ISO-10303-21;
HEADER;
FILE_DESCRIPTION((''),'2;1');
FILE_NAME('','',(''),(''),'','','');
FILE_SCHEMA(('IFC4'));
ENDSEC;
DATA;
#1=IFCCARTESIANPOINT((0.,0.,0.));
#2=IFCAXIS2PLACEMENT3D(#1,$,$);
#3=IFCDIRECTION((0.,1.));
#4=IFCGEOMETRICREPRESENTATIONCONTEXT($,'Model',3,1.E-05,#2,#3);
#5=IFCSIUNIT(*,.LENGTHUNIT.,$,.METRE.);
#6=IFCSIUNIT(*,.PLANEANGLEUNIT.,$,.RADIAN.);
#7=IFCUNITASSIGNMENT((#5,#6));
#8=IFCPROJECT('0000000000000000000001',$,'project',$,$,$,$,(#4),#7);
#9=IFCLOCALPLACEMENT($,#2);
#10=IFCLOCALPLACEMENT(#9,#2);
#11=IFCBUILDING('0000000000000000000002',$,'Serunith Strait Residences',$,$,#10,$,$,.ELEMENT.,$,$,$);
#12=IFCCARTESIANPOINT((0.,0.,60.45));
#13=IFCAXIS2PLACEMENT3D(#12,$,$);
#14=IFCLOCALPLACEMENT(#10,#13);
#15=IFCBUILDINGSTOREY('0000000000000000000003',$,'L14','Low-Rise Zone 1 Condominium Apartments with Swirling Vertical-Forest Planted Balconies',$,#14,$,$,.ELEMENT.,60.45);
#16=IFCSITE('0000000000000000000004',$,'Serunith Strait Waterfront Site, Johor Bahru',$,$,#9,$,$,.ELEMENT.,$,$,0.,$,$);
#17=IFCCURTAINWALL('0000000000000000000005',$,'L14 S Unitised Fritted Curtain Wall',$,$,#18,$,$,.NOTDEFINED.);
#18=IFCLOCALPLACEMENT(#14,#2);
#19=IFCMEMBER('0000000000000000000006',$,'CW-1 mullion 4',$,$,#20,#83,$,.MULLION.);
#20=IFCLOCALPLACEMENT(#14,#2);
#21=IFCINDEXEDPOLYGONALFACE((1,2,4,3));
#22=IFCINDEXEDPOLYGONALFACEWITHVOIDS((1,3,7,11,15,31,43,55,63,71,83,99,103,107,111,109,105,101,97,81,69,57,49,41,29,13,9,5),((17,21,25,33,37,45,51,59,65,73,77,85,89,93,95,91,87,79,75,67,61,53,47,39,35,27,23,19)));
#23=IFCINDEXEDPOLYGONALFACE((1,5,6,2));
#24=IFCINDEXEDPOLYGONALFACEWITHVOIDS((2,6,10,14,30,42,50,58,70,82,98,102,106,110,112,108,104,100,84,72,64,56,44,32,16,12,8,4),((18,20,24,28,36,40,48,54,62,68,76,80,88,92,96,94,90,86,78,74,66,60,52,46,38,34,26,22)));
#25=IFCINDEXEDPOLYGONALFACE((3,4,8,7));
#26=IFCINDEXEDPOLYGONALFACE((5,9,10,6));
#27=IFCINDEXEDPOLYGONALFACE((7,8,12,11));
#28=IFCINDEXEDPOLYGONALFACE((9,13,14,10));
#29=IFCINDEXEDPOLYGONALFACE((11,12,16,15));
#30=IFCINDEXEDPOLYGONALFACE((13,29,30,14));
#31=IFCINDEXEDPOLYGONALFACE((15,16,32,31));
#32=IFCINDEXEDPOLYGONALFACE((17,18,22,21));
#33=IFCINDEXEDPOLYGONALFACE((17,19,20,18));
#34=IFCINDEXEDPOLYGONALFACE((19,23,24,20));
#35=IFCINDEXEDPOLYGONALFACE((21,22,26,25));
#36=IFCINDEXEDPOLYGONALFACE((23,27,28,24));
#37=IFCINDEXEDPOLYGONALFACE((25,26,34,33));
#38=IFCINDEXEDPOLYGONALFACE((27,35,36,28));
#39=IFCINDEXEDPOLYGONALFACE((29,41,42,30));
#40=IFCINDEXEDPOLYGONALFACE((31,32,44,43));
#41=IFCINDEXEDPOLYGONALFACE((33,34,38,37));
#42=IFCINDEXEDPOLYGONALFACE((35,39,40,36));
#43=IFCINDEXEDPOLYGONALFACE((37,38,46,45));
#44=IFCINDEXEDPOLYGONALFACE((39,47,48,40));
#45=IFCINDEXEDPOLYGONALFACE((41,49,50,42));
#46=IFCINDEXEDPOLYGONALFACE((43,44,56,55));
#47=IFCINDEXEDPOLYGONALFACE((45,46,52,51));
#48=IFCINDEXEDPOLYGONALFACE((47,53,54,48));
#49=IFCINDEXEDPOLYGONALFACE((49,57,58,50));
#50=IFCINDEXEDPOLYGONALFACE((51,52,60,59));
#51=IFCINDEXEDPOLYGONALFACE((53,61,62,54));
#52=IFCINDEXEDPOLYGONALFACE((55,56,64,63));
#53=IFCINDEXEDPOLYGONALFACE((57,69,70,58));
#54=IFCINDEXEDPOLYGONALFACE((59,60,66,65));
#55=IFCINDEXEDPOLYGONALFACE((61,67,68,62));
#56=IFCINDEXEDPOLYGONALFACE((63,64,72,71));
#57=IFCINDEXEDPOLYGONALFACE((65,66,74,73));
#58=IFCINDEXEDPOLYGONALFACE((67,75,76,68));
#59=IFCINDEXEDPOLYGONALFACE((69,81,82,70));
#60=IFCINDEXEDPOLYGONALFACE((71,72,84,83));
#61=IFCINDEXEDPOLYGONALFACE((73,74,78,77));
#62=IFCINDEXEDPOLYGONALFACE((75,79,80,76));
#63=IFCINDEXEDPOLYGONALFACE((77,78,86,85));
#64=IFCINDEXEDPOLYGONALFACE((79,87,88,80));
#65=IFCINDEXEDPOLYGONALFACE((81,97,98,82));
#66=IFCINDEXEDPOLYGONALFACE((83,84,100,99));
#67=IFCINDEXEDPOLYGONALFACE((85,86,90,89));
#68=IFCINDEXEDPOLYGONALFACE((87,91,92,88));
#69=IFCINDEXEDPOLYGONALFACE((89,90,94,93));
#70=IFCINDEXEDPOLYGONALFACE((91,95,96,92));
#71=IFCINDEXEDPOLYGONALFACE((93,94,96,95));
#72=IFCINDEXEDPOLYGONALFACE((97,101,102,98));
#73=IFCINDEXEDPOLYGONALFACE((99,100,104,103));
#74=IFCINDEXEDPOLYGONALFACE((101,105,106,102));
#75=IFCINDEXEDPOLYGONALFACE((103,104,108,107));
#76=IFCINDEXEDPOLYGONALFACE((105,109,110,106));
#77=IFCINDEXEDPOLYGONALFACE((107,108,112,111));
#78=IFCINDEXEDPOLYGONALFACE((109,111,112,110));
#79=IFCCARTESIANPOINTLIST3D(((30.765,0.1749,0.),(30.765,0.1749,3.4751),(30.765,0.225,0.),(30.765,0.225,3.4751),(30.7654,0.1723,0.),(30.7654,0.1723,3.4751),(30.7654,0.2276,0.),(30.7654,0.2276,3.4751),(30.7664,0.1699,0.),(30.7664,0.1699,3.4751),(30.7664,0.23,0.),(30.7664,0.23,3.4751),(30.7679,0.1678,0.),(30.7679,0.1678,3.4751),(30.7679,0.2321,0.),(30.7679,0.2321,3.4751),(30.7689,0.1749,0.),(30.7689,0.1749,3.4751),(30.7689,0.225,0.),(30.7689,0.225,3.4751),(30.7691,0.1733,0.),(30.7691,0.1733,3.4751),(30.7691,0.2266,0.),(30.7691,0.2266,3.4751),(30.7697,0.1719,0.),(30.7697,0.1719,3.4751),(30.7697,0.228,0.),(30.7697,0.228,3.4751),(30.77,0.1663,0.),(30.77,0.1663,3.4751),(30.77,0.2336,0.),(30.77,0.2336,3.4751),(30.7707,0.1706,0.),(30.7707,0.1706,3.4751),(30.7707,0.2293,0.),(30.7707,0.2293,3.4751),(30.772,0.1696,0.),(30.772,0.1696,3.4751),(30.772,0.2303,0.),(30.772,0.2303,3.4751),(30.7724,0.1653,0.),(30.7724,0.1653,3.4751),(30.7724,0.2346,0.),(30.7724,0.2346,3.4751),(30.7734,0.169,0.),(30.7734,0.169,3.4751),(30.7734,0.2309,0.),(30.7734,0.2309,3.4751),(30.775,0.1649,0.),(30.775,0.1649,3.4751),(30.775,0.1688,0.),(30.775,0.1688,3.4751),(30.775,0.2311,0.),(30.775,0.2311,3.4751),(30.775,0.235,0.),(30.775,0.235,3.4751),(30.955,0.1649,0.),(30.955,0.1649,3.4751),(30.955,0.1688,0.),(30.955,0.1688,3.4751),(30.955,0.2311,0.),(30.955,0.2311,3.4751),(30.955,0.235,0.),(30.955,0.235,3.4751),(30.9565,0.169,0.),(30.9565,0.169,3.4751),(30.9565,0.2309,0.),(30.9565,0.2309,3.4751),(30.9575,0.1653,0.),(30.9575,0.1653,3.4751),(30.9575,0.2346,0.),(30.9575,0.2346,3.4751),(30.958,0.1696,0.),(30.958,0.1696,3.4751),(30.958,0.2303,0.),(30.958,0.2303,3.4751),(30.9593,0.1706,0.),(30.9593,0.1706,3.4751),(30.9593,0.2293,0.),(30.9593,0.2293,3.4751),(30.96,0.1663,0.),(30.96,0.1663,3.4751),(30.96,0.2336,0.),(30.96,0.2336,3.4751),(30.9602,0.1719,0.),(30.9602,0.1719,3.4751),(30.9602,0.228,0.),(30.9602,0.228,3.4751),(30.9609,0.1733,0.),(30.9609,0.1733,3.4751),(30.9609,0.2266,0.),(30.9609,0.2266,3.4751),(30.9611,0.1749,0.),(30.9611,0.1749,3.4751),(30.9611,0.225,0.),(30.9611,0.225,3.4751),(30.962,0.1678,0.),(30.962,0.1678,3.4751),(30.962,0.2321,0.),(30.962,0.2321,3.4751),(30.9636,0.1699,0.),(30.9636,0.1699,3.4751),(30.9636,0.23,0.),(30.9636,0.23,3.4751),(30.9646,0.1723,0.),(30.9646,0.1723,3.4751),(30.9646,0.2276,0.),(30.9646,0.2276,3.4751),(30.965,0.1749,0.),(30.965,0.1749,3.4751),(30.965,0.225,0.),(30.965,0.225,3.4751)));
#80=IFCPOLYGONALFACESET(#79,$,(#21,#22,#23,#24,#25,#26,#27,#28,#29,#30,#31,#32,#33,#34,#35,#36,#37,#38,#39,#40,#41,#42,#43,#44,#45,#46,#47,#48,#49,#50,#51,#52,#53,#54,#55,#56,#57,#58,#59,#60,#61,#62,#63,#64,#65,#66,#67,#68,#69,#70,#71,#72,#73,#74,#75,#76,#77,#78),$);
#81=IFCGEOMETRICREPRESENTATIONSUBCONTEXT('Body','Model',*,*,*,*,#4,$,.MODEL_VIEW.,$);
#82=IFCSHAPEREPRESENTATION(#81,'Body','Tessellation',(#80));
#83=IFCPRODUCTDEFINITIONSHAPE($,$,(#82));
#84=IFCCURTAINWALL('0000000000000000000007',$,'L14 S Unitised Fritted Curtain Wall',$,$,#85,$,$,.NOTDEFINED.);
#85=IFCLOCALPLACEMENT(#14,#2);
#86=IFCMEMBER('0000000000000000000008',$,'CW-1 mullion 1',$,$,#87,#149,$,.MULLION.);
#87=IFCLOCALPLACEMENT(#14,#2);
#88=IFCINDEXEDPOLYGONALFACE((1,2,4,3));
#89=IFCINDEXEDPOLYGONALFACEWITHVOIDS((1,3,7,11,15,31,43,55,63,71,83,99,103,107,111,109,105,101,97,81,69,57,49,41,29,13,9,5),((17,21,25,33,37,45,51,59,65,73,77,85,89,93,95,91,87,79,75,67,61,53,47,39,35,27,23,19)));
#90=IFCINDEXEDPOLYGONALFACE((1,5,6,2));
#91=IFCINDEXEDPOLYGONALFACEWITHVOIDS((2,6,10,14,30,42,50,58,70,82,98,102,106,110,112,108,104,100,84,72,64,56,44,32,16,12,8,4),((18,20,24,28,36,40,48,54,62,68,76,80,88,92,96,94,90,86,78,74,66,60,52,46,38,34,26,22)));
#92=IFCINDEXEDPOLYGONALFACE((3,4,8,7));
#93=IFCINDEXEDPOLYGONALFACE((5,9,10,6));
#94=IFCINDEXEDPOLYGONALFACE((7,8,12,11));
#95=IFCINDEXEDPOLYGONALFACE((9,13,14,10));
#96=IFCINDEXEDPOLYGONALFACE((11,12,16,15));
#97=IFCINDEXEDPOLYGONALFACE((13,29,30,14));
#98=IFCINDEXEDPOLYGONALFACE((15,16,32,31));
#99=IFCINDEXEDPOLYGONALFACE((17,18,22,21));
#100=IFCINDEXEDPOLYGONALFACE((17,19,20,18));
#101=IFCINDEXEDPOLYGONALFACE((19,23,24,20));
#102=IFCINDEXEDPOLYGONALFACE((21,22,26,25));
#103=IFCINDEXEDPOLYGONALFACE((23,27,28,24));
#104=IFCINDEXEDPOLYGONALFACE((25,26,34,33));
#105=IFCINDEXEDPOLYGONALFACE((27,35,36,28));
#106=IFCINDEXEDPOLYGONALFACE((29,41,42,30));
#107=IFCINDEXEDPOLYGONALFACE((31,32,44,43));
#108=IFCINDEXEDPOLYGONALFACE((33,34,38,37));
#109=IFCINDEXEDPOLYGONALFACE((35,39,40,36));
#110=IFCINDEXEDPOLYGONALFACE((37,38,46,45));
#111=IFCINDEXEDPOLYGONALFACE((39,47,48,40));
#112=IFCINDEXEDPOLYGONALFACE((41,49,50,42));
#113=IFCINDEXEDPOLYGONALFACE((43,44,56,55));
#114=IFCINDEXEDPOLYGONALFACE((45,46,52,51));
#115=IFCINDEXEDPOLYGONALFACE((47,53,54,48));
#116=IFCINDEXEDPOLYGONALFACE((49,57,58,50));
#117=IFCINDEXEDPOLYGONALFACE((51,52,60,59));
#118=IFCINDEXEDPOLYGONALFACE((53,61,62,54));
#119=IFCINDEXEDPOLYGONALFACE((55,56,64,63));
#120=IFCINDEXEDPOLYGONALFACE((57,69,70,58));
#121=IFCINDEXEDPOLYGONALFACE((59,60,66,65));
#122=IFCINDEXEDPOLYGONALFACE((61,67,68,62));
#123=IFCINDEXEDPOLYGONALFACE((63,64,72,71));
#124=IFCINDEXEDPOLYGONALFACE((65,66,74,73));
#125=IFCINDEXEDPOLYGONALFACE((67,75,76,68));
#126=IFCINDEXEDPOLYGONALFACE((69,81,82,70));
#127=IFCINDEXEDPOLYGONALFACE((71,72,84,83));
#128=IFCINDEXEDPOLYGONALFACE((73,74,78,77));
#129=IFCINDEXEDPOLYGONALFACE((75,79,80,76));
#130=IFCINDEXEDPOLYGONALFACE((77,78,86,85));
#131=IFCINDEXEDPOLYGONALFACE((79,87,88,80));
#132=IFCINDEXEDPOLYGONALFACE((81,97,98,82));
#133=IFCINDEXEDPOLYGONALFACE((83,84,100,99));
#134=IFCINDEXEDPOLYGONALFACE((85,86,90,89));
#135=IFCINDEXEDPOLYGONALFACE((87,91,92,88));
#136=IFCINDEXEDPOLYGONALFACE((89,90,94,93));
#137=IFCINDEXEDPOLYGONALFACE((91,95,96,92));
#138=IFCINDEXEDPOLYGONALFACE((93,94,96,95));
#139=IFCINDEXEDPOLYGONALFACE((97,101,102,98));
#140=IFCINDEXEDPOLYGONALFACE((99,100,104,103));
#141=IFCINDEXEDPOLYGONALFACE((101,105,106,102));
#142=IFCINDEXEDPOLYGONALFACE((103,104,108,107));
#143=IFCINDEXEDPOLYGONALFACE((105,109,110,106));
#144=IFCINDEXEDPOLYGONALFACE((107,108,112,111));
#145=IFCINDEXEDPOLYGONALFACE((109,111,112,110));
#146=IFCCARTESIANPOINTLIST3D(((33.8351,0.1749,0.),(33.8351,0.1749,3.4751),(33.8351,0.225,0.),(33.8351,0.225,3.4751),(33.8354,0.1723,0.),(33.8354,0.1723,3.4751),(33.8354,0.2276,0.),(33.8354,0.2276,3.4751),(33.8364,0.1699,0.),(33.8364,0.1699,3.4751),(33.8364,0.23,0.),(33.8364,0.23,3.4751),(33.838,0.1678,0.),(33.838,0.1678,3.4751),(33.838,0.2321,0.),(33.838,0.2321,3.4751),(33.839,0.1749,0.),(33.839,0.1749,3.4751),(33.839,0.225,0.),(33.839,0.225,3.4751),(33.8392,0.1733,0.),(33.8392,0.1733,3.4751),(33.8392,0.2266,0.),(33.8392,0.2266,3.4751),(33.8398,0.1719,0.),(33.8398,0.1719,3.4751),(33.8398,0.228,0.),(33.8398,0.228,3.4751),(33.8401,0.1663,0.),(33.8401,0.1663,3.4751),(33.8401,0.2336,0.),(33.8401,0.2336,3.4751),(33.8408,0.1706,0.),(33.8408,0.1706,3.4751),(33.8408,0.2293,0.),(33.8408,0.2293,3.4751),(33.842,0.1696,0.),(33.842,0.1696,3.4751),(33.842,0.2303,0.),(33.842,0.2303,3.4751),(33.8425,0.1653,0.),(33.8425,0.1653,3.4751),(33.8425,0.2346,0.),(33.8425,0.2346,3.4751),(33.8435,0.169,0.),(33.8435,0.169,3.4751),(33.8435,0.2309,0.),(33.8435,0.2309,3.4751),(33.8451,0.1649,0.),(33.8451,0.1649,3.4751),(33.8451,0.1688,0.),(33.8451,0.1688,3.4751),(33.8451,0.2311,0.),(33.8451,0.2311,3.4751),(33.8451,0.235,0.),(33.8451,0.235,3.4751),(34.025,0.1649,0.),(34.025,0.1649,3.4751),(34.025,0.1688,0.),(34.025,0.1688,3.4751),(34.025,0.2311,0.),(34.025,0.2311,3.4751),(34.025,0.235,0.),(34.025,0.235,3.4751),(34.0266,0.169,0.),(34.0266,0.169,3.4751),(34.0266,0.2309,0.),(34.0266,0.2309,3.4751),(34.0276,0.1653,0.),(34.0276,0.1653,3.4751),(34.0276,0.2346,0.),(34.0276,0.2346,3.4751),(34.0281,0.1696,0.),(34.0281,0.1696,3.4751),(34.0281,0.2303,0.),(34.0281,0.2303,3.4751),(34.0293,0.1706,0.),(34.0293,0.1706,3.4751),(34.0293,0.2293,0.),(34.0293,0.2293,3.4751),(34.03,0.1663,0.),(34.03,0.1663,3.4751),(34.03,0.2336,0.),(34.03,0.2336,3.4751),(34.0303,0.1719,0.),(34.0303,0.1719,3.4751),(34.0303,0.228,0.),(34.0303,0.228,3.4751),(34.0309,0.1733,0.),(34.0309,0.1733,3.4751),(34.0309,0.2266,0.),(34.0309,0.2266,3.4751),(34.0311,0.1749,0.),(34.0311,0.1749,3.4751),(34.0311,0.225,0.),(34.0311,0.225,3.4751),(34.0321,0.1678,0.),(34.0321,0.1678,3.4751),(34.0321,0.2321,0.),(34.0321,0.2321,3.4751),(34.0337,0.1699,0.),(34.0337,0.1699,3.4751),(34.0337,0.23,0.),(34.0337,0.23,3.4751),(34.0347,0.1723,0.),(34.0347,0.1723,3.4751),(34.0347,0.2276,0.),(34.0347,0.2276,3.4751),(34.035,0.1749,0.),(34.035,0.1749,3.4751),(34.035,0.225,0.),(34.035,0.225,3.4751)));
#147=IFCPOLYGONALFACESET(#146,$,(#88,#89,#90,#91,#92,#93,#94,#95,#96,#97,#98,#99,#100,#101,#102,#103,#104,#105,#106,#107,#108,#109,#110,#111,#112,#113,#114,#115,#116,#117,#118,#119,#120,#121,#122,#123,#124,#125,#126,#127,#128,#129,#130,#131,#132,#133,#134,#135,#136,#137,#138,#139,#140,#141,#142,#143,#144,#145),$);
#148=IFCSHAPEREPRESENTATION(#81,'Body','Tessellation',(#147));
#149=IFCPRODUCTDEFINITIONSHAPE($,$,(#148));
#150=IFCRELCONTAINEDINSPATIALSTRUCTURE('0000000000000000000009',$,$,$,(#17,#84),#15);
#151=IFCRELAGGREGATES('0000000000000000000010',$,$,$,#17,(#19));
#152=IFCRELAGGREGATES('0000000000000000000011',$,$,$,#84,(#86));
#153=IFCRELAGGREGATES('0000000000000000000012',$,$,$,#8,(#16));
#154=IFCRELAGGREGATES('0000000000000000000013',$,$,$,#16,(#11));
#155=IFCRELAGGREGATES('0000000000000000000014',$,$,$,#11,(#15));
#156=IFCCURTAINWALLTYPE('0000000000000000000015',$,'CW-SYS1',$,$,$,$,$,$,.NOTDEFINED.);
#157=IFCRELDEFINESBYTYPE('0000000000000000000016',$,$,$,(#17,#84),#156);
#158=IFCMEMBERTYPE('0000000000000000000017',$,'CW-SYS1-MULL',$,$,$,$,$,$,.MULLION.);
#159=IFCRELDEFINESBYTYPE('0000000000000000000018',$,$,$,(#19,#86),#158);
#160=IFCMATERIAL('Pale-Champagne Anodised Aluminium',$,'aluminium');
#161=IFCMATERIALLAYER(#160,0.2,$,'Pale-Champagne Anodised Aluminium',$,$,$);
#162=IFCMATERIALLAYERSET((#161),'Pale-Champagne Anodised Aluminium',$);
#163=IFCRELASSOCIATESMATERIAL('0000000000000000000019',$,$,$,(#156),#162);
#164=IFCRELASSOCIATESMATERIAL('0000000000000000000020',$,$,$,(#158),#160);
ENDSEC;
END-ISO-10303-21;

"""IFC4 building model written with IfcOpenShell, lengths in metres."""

from ifc_helpers import new_model, si_unit, direction, frame, origin, origin_2d, place, context, subcontext, project, spatial, hollow_rectangle, extrude, source, transform, mapped, material, layer, layer_set, material_profile, profile_set, type_object, element, aggregate, save


model = new_model("IFC4")

# Units and contexts
model_context = context("Model", 3, precision=1e-05, world=origin(), true_north=direction((0.0, 1.0)))
body_context = subcontext(model_context, "Body", "Model", "MODEL_VIEW")
ifc_project = project(units=[si_unit("LENGTHUNIT", "METRE"), si_unit("PLANEANGLEUNIT", "RADIAN")], contexts=[model_context])

# Site, building, storey
site_placement = place(None, origin())
site = spatial("IfcSite", under=ifc_project, at=site_placement, Name="Serunith Strait Waterfront Site, Johor Bahru", CompositionType="ELEMENT", RefElevation=0.0)
building_placement = place(site_placement, origin())
building = spatial("IfcBuilding", under=site, at=building_placement, Name="Serunith Strait Residences", CompositionType="ELEMENT")
storey_placement = place(building_placement, frame((0.0, 0.0, 60.45)))
storey = spatial("IfcBuildingStorey", under=building, at=storey_placement, Name="L14", Description="Low-Rise Zone 1 Condominium Apartments with Swirling Vertical-Forest Planted Balconies", CompositionType="ELEMENT", Elevation=60.45)

# Curtain wall, member
ifc_material_1 = material(Name="Pale-Champagne Anodised Aluminium", Category="aluminium")
ifc_layer_1 = layer(ifc_material_1, 0.2, Name="Pale-Champagne Anodised Aluminium")
ifc_layer_set_1 = layer_set([ifc_layer_1], Name="Pale-Champagne Anodised Aluminium")
curtain_wall_type = type_object("IfcCurtainWallType", Name="CW-SYS1", PredefinedType="NOTDEFINED", material=ifc_layer_set_1)
curtain_wall_1_placement = place(storey_placement, origin())
curtain_wall_1 = element("IfcCurtainWall", 1, at=curtain_wall_1_placement, inside=storey, type_object=curtain_wall_type, Name="L14 S Unitised Fritted Curtain Wall", PredefinedType="NOTDEFINED")
ifc_material_profile_1 = material_profile(ifc_material_1, hollow_rectangle(XDim=0.0701, YDim=0.2, WallThickness=0.0039, InnerFilletRadius=0.0061, OuterFilletRadius=0.01, at=origin_2d()), Name="ALU 200x70x4")
ifc_profile_set_1 = profile_set([ifc_material_profile_1], Name="Pale-Champagne Anodised Aluminium")
member_type_1 = type_object("IfcMemberType", Name="CW-SYS1-MULL", PredefinedType="MULLION", material=ifc_profile_set_1)
shared_shape_1 = source(origin(), body_context, "Body", "SweptSolid", [
    extrude(hollow_rectangle(XDim=0.0701, YDim=0.2, WallThickness=0.0039, InnerFilletRadius=0.0061, OuterFilletRadius=0.01, at=origin_2d()), origin(), (0.0, 0.0, 1.0), 3.4751),
])
member_1_placement = place(storey_placement, frame((30.865, 0.2, 0.0), z_axis=(0.0, 0.0, 1.0), x_axis=(0.0, 1.0, 0.0)))
member_1 = element("IfcMember", 2, at=member_1_placement, type_object=member_type_1, Name="CW-1 mullion 4", PredefinedType="MULLION", context=body_context, shape_type="MappedRepresentation", body=[
    mapped(shared_shape_1, transform((0.0, 0.0, 0.0), scale=1.0)),
])
aggregate(curtain_wall_1, [member_1])

# Curtain wall, member
curtain_wall_2_placement = place(storey_placement, origin())
curtain_wall_2 = element("IfcCurtainWall", 3, at=curtain_wall_2_placement, inside=storey, type_object=curtain_wall_type, Name="L14 S Unitised Fritted Curtain Wall", PredefinedType="NOTDEFINED")
member_2_placement = place(storey_placement, frame((33.9351, 0.2, 0.0), z_axis=(0.0, 0.0, 1.0), x_axis=(0.0, 1.0, 0.0)))
member_2 = element("IfcMember", 4, at=member_2_placement, type_object=member_type_1, Name="CW-1 mullion 1", PredefinedType="MULLION", context=body_context, shape_type="MappedRepresentation", body=[
    mapped(shared_shape_1, transform((0.0, 0.0, 0.0), scale=1.0)),
])
aggregate(curtain_wall_2, [member_2])

save(model, "model.ifc")
